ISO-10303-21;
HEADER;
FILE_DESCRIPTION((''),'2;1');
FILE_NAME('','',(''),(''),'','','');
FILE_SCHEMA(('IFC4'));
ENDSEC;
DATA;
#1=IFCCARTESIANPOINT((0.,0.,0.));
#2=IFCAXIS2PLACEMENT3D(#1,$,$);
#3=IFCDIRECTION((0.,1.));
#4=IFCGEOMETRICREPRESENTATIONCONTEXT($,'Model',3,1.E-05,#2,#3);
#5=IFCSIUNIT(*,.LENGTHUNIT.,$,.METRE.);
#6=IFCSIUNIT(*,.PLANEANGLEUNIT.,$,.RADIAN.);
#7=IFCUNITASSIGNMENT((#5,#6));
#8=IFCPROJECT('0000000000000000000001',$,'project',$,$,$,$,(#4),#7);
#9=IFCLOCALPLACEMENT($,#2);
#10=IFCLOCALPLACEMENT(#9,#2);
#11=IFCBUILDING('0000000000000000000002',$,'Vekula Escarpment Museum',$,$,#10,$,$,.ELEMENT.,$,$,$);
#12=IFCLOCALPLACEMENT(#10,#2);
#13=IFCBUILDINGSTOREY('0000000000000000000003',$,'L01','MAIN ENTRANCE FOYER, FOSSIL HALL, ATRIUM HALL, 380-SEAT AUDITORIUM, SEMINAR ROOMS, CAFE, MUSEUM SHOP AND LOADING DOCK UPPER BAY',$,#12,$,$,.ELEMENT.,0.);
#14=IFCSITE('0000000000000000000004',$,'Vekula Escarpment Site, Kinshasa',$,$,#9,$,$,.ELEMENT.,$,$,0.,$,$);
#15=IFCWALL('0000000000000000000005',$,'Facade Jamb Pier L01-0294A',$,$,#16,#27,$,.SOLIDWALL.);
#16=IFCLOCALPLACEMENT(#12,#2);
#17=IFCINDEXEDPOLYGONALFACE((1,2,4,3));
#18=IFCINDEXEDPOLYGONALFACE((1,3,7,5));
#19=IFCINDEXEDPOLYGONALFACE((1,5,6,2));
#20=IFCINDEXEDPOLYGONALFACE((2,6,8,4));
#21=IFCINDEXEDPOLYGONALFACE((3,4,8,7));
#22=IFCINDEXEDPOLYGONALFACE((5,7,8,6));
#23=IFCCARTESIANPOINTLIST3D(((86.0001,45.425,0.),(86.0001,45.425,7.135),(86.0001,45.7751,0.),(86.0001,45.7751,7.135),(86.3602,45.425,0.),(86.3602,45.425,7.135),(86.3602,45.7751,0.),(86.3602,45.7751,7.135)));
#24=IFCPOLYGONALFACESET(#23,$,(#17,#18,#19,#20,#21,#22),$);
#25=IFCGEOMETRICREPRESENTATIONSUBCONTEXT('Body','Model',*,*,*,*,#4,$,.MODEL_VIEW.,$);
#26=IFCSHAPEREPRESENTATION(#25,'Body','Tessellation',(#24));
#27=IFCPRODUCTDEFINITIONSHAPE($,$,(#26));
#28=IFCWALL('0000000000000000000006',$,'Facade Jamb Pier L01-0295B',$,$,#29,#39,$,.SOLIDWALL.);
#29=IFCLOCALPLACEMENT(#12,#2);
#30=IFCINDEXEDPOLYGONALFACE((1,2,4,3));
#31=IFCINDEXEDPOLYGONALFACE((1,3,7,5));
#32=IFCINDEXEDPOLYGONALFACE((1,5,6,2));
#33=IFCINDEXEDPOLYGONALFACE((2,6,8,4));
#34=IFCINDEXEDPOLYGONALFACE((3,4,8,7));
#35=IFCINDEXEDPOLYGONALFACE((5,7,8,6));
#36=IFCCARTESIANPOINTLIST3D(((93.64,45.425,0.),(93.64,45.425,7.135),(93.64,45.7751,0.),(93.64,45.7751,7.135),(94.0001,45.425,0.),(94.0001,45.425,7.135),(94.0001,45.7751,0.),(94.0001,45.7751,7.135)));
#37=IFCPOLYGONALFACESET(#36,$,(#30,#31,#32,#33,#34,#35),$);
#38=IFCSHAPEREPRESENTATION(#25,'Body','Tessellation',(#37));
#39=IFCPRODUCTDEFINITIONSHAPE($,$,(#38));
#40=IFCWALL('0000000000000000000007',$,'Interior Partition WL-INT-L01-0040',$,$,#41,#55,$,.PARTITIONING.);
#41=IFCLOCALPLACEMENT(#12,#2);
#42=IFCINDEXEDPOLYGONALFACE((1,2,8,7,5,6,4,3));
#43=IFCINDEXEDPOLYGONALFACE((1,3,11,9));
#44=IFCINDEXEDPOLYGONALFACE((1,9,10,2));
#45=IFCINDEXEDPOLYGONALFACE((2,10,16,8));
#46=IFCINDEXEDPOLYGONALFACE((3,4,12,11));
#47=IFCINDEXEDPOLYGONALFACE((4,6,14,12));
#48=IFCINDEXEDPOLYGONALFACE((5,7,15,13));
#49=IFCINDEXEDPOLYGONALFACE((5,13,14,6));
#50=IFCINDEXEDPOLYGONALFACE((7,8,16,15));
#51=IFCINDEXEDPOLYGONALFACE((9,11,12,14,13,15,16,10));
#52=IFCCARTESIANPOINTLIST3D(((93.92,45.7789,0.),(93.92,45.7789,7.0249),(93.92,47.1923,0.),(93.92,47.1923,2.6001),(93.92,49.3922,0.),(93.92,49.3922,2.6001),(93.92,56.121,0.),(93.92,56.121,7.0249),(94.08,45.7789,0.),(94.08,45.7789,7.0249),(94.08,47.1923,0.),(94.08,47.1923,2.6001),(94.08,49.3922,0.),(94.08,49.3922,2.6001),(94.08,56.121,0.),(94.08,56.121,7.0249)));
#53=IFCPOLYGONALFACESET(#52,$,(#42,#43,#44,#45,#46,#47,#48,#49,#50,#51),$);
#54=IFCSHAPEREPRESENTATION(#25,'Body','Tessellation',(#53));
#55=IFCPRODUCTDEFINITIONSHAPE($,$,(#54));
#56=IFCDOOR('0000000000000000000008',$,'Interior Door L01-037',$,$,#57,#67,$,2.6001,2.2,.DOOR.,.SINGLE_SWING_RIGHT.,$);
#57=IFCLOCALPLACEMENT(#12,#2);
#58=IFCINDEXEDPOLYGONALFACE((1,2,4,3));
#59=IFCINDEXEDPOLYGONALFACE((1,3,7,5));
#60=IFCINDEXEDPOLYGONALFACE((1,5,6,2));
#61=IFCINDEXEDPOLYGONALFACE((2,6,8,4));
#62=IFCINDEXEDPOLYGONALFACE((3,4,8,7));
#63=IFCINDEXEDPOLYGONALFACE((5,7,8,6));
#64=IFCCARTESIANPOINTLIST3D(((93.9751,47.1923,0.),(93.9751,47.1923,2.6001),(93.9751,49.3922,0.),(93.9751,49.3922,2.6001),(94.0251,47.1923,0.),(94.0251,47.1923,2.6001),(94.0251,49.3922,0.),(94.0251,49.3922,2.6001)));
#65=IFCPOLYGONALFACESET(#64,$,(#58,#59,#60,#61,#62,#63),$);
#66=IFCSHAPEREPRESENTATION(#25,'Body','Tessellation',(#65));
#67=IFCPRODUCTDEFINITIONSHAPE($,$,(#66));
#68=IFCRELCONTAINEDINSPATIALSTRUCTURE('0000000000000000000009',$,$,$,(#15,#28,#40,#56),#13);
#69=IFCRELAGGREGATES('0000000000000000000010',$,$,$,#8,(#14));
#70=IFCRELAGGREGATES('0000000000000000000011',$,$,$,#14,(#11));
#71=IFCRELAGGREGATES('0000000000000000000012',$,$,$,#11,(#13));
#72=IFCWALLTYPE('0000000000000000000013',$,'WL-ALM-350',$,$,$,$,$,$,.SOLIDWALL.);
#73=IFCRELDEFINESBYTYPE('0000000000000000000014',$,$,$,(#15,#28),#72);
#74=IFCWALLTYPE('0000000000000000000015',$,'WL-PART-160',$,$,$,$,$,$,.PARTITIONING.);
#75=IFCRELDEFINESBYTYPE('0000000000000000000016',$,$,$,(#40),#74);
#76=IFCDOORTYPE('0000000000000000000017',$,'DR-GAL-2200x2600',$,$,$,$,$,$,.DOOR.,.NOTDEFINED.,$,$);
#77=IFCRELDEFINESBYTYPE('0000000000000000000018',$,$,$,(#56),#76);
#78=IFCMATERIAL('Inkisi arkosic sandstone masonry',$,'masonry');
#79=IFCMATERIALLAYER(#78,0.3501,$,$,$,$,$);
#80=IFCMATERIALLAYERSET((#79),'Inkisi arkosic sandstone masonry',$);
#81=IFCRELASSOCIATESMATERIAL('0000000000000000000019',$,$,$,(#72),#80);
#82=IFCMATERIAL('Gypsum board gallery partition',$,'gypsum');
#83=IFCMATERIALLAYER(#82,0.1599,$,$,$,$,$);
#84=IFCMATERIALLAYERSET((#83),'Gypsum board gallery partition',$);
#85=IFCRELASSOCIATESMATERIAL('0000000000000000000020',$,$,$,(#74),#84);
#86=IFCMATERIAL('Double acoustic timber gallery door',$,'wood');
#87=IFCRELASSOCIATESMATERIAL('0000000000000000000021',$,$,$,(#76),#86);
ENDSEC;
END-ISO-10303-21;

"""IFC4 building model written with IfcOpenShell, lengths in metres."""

from ifc_helpers import new_model, si_unit, direction, frame, frame_2d, origin, place, context, subcontext, project, spatial, rectangle, extrude, material, layer, layer_set, type_object, element, fill, save


model = new_model("IFC4")

# Units and contexts
model_context = context("Model", 3, precision=1e-05, world=origin(), true_north=direction((0.0, 1.0)))
body_context = subcontext(model_context, "Body", "Model", "MODEL_VIEW")
ifc_project = project(units=[si_unit("LENGTHUNIT", "METRE"), si_unit("PLANEANGLEUNIT", "RADIAN")], contexts=[model_context])

# Site, building, storey
site_placement = place(None, origin())
site = spatial("IfcSite", under=ifc_project, at=site_placement, Name="Vekula Escarpment Site, Kinshasa", CompositionType="ELEMENT", RefElevation=0.0)
building_placement = place(site_placement, origin())
building = spatial("IfcBuilding", under=site, at=building_placement, Name="Vekula Escarpment Museum", CompositionType="ELEMENT")
storey_placement = place(building_placement, origin())
storey = spatial("IfcBuildingStorey", under=building, at=storey_placement, Name="L01", Description="MAIN ENTRANCE FOYER, FOSSIL HALL, ATRIUM HALL, 380-SEAT AUDITORIUM, SEMINAR ROOMS, CAFE, MUSEUM SHOP AND LOADING DOCK UPPER BAY", CompositionType="ELEMENT", Elevation=0.0)

# Walls
ifc_material_1 = material(Name="Inkisi arkosic sandstone masonry", Category="masonry")
ifc_layer_1 = layer(ifc_material_1, 0.3501)
ifc_layer_set_1 = layer_set([ifc_layer_1], Name="Inkisi arkosic sandstone masonry")
wall_type_1 = type_object("IfcWallType", Name="WL-ALM-350", PredefinedType="SOLIDWALL", material=ifc_layer_set_1)
for number, where, z_axis, x_axis, name in (
    (1, (86.0, 45.6001, 0.0), (0.0, 0.0, 1.0), (1.0, 0.0, 0.0), "Facade Jamb Pier L01-0294A"),
    (2, (93.6399, 45.6001, 0.0), (0.0, 0.0, 1.0), (1.0, 0.0, 0.0), "Facade Jamb Pier L01-0295B"),
):
    element("IfcWall", number, at=place(storey_placement, frame(where, z_axis=z_axis, x_axis=x_axis)), inside=storey, type_object=wall_type_1, Name=name, PredefinedType="SOLIDWALL", context=body_context, shape_type="SweptSolid", body=[
        extrude(rectangle(XDim=0.3601, YDim=0.3501, at=frame_2d((0.1802, 0.0))), origin(), (0.0, 0.0, 1.0), 7.135),
    ])

# Wall, opening, door
ifc_material_2 = material(Name="Gypsum board gallery partition", Category="gypsum")
ifc_layer_2 = layer(ifc_material_2, 0.1599)
ifc_layer_set_2 = layer_set([ifc_layer_2], Name="Gypsum board gallery partition")
wall_type_2 = type_object("IfcWallType", Name="WL-PART-160", PredefinedType="PARTITIONING", material=ifc_layer_set_2)
wall_placement = place(storey_placement, frame((94.0, 45.7791, 0.0), z_axis=(0.0, 0.0, 1.0), x_axis=(0.0, 1.0, 0.0)))
wall = element("IfcWall", 3, at=wall_placement, inside=storey, type_object=wall_type_2, Name="Interior Partition WL-INT-L01-0040", PredefinedType="PARTITIONING", context=body_context, shape_type="SweptSolid", body=[
    extrude(rectangle(XDim=10.342, YDim=0.1599, at=frame_2d((5.1709, 0.0))), origin(), (0.0, 0.0, 1.0), 7.0249),
])
opening_placement = place(wall_placement, frame((1.4131, 0.0, 0.0)))
opening = element("IfcOpeningElement", 4, at=opening_placement, cuts=wall, PredefinedType="OPENING", context=body_context, shape_type="SweptSolid", body=[
    extrude(rectangle(XDim=2.2, YDim=2.6001, at=frame_2d((1.1001, 1.3))), frame((0.0, 0.0898, 0.0), z_axis=(0.0, -1.0, 0.0), x_axis=(1.0, 0.0, 0.0)), (0.0, 0.0, 1.0), 0.1799),
])
ifc_material_3 = material(Name="Double acoustic timber gallery door", Category="wood")
door_type = type_object("IfcDoorType", Name="DR-GAL-2200x2600", OperationType="NOTDEFINED", PredefinedType="DOOR", material=ifc_material_3)
door_placement = place(opening_placement, origin())
door = element("IfcDoor", 5, at=door_placement, inside=storey, type_object=door_type, Name="Interior Door L01-037", OperationType="SINGLE_SWING_RIGHT", OverallHeight=2.6001, OverallWidth=2.2, PredefinedType="DOOR", context=body_context, shape_type="SweptSolid", body=[
    extrude(rectangle(XDim=2.2, YDim=2.6001, at=frame_2d((1.1001, 1.3))), frame((0.0, 0.0249, 0.0), z_axis=(0.0, -1.0, 0.0), x_axis=(1.0, 0.0, 0.0)), (0.0, 0.0, 1.0), 0.05),
])
fill(opening, door)

save(model, "model.ifc")
